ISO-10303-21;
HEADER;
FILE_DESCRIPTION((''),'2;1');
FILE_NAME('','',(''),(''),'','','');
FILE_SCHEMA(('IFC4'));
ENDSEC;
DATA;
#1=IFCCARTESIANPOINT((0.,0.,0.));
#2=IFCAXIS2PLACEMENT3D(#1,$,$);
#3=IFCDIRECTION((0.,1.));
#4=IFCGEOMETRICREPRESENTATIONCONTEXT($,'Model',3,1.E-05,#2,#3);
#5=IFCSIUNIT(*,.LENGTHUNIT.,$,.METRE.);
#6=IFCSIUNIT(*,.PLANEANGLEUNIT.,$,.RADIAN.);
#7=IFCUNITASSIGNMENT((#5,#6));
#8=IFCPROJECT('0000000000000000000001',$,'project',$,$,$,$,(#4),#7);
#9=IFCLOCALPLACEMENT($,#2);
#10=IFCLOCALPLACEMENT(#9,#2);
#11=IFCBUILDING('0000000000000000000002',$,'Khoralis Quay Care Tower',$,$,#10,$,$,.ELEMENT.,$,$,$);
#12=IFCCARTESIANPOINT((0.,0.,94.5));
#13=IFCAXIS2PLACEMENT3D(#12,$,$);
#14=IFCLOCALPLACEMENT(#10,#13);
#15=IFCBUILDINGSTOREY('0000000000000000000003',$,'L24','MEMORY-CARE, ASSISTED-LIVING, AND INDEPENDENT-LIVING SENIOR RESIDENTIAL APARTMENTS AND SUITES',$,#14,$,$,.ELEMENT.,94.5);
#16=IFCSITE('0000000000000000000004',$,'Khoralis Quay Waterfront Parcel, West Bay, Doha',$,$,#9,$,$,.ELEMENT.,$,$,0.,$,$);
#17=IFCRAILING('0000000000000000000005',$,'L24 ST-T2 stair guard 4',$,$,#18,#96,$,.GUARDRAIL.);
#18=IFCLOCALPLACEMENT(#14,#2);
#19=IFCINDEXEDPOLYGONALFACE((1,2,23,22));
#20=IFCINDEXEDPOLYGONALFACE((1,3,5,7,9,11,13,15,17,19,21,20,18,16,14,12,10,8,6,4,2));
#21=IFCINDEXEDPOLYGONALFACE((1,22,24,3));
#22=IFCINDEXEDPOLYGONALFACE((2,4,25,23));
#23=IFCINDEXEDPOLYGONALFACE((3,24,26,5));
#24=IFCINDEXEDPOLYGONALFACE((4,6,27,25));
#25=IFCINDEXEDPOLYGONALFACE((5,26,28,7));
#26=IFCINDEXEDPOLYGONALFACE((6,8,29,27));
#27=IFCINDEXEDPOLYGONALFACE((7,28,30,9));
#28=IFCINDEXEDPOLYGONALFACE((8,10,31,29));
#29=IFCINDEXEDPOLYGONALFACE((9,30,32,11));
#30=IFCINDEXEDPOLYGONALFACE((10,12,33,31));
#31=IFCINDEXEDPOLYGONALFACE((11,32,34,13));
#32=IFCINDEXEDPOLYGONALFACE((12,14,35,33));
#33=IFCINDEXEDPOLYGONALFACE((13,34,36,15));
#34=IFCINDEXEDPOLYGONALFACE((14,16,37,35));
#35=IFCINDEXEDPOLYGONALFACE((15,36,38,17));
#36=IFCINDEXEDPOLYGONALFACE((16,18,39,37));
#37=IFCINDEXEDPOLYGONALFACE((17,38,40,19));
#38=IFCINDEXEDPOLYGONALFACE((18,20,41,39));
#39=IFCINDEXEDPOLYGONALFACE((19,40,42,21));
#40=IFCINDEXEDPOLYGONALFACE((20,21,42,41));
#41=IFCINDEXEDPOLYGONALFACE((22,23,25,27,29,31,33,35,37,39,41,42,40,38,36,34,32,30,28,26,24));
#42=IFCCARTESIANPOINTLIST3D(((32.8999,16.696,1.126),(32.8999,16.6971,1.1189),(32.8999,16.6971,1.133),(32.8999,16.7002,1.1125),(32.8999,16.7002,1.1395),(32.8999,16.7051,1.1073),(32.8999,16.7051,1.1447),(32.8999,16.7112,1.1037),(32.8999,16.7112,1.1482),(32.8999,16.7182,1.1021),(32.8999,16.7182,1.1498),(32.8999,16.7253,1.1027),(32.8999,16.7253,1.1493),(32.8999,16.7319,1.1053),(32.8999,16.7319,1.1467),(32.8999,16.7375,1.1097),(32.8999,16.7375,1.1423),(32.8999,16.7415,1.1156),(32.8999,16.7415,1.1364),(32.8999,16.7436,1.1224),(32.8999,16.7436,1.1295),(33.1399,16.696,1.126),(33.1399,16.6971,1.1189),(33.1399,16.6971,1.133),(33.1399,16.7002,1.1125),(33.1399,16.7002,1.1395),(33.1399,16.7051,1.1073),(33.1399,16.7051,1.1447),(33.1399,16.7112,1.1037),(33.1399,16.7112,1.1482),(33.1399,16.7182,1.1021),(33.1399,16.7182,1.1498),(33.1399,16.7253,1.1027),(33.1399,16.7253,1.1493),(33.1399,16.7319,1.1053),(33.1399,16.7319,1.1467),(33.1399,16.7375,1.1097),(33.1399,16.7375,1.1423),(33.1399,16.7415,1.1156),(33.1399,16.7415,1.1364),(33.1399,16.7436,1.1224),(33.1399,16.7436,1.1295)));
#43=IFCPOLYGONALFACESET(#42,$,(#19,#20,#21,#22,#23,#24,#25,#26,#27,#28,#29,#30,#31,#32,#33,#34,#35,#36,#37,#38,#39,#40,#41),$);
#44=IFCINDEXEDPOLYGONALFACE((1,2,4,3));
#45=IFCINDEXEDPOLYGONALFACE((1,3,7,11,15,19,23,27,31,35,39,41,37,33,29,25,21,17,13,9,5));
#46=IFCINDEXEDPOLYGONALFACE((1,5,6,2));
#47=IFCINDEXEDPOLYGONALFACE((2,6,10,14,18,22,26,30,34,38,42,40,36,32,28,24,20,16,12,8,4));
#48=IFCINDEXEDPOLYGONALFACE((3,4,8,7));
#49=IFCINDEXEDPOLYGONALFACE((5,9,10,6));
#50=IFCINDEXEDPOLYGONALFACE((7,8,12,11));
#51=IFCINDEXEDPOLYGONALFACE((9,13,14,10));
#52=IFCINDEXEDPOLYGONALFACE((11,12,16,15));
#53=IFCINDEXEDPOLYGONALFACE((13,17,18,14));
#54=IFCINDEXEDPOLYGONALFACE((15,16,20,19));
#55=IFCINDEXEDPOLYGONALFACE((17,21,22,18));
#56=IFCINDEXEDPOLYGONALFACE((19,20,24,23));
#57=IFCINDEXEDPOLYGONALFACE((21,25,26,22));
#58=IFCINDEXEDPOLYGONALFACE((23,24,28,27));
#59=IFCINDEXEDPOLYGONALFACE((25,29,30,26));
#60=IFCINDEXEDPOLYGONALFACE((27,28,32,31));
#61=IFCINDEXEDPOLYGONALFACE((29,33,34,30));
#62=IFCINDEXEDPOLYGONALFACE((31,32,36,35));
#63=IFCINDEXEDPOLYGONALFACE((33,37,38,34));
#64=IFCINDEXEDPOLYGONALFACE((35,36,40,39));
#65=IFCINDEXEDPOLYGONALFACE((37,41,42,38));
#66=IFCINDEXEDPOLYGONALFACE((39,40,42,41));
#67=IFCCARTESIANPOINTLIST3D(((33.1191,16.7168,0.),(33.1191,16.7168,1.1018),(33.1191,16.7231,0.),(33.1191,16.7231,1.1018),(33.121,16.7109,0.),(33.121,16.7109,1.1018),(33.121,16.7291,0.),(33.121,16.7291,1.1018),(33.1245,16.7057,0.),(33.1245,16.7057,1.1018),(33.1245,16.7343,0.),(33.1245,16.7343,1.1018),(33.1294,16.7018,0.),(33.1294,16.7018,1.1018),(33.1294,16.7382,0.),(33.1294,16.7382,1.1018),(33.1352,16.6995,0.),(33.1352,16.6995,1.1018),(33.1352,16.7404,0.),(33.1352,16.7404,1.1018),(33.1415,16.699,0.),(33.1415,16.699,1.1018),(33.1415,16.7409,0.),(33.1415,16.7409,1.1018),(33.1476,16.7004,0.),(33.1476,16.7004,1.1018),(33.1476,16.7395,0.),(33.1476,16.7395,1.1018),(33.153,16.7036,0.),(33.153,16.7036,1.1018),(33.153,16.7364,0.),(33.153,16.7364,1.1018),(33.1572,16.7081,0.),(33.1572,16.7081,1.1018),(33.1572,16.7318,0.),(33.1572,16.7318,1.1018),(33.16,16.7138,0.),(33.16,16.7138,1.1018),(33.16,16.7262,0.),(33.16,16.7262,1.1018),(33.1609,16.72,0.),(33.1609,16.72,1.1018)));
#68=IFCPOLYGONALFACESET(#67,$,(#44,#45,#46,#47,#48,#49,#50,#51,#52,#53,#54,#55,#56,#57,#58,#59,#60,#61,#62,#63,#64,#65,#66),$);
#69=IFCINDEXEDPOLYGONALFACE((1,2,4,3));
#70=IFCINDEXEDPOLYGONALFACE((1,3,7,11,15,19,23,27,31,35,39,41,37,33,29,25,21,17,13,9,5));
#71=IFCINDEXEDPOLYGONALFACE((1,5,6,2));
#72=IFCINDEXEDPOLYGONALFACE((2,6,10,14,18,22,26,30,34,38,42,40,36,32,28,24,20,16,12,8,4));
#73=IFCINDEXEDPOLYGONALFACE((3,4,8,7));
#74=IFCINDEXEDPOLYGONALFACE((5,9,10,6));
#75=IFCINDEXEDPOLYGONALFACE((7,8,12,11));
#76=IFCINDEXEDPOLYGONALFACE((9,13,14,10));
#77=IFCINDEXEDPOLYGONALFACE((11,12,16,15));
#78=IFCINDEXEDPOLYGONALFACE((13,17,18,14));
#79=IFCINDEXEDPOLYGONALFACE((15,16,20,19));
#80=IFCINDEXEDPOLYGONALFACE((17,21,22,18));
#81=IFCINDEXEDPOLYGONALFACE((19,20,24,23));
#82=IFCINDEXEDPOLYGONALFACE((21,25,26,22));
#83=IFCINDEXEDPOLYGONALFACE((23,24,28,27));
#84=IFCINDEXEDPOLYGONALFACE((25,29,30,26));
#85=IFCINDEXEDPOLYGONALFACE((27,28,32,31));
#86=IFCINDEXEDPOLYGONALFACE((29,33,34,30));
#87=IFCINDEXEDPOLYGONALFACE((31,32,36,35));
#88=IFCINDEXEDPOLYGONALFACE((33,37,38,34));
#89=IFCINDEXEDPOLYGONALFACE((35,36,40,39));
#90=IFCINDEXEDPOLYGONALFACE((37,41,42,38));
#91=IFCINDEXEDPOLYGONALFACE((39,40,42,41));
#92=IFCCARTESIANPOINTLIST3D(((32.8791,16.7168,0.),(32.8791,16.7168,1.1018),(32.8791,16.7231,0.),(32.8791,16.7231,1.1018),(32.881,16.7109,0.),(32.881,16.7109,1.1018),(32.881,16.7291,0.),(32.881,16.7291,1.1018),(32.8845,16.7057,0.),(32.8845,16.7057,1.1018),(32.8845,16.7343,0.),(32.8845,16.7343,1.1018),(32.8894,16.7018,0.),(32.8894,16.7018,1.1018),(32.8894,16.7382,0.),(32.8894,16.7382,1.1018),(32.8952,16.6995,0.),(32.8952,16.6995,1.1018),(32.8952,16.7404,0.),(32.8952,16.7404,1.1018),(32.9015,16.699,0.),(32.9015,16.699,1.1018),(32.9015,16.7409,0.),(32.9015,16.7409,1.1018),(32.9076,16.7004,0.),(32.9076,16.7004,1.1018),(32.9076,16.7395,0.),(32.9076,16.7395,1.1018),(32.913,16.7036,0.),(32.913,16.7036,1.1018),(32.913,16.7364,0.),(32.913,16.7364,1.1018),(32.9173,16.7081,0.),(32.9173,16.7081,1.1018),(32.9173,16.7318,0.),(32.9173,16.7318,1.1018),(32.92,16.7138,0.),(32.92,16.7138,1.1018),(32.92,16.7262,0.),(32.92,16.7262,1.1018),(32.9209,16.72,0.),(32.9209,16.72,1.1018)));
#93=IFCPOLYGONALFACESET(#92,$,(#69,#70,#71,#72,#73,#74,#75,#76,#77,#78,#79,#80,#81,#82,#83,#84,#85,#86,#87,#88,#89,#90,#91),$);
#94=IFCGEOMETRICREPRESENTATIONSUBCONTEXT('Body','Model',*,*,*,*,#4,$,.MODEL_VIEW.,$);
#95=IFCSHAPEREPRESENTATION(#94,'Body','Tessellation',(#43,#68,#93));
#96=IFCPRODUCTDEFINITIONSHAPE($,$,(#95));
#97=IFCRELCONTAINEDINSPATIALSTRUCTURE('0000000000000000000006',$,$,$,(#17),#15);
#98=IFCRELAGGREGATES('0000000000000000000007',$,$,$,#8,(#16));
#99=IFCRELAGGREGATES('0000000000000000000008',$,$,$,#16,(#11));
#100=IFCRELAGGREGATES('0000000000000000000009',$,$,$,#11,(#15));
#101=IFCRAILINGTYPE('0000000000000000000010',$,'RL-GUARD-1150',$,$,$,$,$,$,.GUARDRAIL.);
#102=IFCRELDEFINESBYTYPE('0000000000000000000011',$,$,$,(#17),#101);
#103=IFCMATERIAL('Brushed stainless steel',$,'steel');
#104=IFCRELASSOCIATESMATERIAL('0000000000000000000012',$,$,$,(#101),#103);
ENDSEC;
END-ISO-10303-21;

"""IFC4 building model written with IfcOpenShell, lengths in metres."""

from ifc_helpers import new_model, si_unit, direction, frame, origin, origin_2d, place, context, subcontext, project, spatial, circle, extrude, material, type_object, element, save


model = new_model("IFC4")

# Units and contexts
model_context = context("Model", 3, precision=1e-05, world=origin(), true_north=direction((0.0, 1.0)))
body_context = subcontext(model_context, "Body", "Model", "MODEL_VIEW")
ifc_project = project(units=[si_unit("LENGTHUNIT", "METRE"), si_unit("PLANEANGLEUNIT", "RADIAN")], contexts=[model_context])

# Site, building, storey
site_placement = place(None, origin())
site = spatial("IfcSite", under=ifc_project, at=site_placement, Name="Khoralis Quay Waterfront Parcel, West Bay, Doha", CompositionType="ELEMENT", RefElevation=0.0)
building_placement = place(site_placement, origin())
building = spatial("IfcBuilding", under=site, at=building_placement, Name="Khoralis Quay Care Tower", CompositionType="ELEMENT")
storey_placement = place(building_placement, frame((0.0, 0.0, 94.5)))
storey = spatial("IfcBuildingStorey", under=building, at=storey_placement, Name="L24", Description="MEMORY-CARE, ASSISTED-LIVING, AND INDEPENDENT-LIVING SENIOR RESIDENTIAL APARTMENTS AND SUITES", CompositionType="ELEMENT", Elevation=94.5)

# Railing
ifc_material_1 = material(Name="Brushed stainless steel", Category="steel")
railing_type_1 = type_object("IfcRailingType", Name="RL-GUARD-1150", PredefinedType="GUARDRAIL", material=ifc_material_1)
railing_1_placement = place(storey_placement, frame((33.1399, 16.72, 0.0)))
element("IfcRailing", 1, at=railing_1_placement, inside=storey, type_object=railing_type_1, Name="L24 ST-T2 stair guard 4", PredefinedType="GUARDRAIL", context=body_context, shape_type="SweptSolid", body=[
    extrude(circle(Radius=0.0239, at=origin_2d()), frame((0.0, 0.0, 1.126), z_axis=(-1.0, 0.0, 0.0), x_axis=(0.0, -1.0, 0.0)), (0.0, 0.0, 1.0), 0.24),
    extrude(circle(Radius=0.021, at=origin_2d()), origin(), (0.0, 0.0, 1.0), 1.1018),
    extrude(circle(Radius=0.021, at=origin_2d()), frame((-0.24, 0.0, 0.0)), (0.0, 0.0, 1.0), 1.1018),
])

save(model, "model.ifc")
